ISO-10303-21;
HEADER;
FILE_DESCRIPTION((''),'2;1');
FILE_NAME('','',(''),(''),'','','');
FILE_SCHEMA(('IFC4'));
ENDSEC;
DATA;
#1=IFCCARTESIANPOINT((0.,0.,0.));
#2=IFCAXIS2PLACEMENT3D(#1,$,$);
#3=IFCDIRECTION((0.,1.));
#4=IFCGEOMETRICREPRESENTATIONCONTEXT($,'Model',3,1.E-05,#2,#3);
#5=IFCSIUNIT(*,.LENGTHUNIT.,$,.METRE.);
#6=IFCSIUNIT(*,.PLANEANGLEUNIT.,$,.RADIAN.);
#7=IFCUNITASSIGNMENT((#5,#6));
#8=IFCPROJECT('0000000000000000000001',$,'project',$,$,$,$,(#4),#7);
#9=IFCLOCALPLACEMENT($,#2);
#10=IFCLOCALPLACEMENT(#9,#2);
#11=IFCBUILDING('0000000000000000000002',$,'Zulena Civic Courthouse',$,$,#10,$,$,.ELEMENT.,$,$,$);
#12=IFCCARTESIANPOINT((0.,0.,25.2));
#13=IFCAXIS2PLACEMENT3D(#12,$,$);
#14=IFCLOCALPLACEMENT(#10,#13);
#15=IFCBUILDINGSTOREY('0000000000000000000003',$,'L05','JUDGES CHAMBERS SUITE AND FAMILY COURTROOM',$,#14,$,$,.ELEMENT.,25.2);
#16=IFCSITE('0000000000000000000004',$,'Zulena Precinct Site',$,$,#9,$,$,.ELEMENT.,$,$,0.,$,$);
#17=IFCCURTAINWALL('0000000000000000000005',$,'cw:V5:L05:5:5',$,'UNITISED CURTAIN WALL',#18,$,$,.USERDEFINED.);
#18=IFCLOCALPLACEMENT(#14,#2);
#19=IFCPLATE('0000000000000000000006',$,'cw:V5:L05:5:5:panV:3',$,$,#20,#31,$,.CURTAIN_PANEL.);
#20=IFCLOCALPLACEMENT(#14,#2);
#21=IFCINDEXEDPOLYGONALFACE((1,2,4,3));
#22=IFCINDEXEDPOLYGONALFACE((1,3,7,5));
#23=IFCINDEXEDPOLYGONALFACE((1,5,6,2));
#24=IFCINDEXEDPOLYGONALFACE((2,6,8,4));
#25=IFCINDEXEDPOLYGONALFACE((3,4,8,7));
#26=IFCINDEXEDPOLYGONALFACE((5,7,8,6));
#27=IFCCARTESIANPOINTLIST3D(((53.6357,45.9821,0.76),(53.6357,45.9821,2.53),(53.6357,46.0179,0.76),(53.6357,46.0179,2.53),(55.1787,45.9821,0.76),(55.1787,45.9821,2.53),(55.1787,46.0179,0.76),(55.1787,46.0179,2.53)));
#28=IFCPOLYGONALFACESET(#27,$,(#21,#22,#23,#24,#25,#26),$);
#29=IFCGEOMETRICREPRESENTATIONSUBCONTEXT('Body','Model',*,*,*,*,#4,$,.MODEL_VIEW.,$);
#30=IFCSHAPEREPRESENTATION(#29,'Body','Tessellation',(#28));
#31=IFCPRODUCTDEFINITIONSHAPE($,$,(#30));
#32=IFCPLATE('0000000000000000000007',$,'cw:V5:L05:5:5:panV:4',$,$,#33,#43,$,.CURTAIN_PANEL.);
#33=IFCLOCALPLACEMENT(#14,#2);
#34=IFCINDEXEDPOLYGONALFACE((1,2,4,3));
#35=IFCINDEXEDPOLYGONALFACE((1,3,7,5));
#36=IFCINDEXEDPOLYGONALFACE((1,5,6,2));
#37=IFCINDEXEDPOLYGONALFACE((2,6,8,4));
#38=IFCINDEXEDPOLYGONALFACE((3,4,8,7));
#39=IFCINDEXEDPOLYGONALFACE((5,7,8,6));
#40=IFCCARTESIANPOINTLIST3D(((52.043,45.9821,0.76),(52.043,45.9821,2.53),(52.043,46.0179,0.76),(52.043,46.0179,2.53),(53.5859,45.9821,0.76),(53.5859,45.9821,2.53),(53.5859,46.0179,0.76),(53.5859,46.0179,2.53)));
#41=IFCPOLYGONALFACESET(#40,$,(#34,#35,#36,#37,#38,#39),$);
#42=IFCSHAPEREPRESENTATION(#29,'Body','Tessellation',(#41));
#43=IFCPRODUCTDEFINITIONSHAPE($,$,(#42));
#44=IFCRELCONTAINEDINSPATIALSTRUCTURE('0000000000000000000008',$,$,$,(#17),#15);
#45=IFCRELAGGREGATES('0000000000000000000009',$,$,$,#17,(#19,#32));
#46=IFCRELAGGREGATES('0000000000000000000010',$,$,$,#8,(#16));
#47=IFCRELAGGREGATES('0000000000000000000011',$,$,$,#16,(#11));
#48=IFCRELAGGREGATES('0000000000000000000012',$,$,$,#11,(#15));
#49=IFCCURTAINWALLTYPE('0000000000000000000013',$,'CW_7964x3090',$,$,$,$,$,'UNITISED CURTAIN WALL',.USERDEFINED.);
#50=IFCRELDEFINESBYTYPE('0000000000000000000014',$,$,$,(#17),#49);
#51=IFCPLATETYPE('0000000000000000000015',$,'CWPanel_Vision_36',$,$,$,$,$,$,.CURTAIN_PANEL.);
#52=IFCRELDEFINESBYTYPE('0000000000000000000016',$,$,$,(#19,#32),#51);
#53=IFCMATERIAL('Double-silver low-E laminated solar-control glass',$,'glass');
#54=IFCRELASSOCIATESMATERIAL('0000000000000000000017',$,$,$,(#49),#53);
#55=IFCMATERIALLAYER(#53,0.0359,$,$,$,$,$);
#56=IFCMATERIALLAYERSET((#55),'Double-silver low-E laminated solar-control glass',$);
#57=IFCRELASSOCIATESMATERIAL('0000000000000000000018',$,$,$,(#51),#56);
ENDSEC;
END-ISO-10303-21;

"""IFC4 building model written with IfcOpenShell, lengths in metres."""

from ifc_helpers import new_model, si_unit, direction, frame, origin, origin_2d, place, context, subcontext, project, spatial, rectangle, extrude, material, layer, layer_set, type_object, element, aggregate, save


model = new_model("IFC4")

# Units and contexts
model_context = context("Model", 3, precision=1e-05, world=origin(), true_north=direction((0.0, 1.0)))
body_context = subcontext(model_context, "Body", "Model", "MODEL_VIEW")
ifc_project = project(units=[si_unit("LENGTHUNIT", "METRE"), si_unit("PLANEANGLEUNIT", "RADIAN")], contexts=[model_context])

# Site, building, storey
site_placement = place(None, origin())
site = spatial("IfcSite", under=ifc_project, at=site_placement, Name="Zulena Precinct Site", CompositionType="ELEMENT", RefElevation=0.0)
building_placement = place(site_placement, origin())
building = spatial("IfcBuilding", under=site, at=building_placement, Name="Zulena Civic Courthouse", CompositionType="ELEMENT")
storey_placement = place(building_placement, frame((0.0, 0.0, 25.2)))
storey = spatial("IfcBuildingStorey", under=building, at=storey_placement, Name="L05", Description="JUDGES CHAMBERS SUITE AND FAMILY COURTROOM", CompositionType="ELEMENT", Elevation=25.2)

# Curtain wall
ifc_material_1 = material(Name="Double-silver low-E laminated solar-control glass", Category="glass")
curtain_wall_type = type_object("IfcCurtainWallType", Name="CW_7964x3090", ElementType="UNITISED CURTAIN WALL", PredefinedType="USERDEFINED", material=ifc_material_1)
curtain_wall_1_placement = place(storey_placement, origin())
curtain_wall_1 = element("IfcCurtainWall", 1, at=curtain_wall_1_placement, inside=storey, type_object=curtain_wall_type, Name="cw:V5:L05:5:5", ObjectType="UNITISED CURTAIN WALL", PredefinedType="USERDEFINED")

# Plates
ifc_layer_1 = layer(ifc_material_1, 0.0359)
ifc_layer_set_1 = layer_set([ifc_layer_1], Name="Double-silver low-E laminated solar-control glass")
plate_type_1 = type_object("IfcPlateType", Name="CWPanel_Vision_36", PredefinedType="CURTAIN_PANEL", material=ifc_layer_set_1)
plate_1_placement = place(storey_placement, frame((54.4072, 46.0, 0.76), z_axis=(0.0, 0.0, 1.0), x_axis=(-1.0, 0.0, 0.0)))
plate_1 = element("IfcPlate", 2, at=plate_1_placement, type_object=plate_type_1, Name="cw:V5:L05:5:5:panV:3", PredefinedType="CURTAIN_PANEL", context=body_context, shape_type="SweptSolid", body=[
    extrude(rectangle(XDim=1.543, YDim=0.0359, at=origin_2d()), origin(), (0.0, 0.0, 1.0), 1.77),
])
plate_2_placement = place(storey_placement, frame((52.8145, 46.0, 0.76), z_axis=(0.0, 0.0, 1.0), x_axis=(-1.0, 0.0, 0.0)))
plate_2 = element("IfcPlate", 3, at=plate_2_placement, type_object=plate_type_1, Name="cw:V5:L05:5:5:panV:4", PredefinedType="CURTAIN_PANEL", context=body_context, shape_type="SweptSolid", body=[
    extrude(rectangle(XDim=1.543, YDim=0.0359, at=origin_2d()), origin(), (0.0, 0.0, 1.0), 1.77),
])
aggregate(curtain_wall_1, [plate_1, plate_2])

save(model, "model.ifc")
